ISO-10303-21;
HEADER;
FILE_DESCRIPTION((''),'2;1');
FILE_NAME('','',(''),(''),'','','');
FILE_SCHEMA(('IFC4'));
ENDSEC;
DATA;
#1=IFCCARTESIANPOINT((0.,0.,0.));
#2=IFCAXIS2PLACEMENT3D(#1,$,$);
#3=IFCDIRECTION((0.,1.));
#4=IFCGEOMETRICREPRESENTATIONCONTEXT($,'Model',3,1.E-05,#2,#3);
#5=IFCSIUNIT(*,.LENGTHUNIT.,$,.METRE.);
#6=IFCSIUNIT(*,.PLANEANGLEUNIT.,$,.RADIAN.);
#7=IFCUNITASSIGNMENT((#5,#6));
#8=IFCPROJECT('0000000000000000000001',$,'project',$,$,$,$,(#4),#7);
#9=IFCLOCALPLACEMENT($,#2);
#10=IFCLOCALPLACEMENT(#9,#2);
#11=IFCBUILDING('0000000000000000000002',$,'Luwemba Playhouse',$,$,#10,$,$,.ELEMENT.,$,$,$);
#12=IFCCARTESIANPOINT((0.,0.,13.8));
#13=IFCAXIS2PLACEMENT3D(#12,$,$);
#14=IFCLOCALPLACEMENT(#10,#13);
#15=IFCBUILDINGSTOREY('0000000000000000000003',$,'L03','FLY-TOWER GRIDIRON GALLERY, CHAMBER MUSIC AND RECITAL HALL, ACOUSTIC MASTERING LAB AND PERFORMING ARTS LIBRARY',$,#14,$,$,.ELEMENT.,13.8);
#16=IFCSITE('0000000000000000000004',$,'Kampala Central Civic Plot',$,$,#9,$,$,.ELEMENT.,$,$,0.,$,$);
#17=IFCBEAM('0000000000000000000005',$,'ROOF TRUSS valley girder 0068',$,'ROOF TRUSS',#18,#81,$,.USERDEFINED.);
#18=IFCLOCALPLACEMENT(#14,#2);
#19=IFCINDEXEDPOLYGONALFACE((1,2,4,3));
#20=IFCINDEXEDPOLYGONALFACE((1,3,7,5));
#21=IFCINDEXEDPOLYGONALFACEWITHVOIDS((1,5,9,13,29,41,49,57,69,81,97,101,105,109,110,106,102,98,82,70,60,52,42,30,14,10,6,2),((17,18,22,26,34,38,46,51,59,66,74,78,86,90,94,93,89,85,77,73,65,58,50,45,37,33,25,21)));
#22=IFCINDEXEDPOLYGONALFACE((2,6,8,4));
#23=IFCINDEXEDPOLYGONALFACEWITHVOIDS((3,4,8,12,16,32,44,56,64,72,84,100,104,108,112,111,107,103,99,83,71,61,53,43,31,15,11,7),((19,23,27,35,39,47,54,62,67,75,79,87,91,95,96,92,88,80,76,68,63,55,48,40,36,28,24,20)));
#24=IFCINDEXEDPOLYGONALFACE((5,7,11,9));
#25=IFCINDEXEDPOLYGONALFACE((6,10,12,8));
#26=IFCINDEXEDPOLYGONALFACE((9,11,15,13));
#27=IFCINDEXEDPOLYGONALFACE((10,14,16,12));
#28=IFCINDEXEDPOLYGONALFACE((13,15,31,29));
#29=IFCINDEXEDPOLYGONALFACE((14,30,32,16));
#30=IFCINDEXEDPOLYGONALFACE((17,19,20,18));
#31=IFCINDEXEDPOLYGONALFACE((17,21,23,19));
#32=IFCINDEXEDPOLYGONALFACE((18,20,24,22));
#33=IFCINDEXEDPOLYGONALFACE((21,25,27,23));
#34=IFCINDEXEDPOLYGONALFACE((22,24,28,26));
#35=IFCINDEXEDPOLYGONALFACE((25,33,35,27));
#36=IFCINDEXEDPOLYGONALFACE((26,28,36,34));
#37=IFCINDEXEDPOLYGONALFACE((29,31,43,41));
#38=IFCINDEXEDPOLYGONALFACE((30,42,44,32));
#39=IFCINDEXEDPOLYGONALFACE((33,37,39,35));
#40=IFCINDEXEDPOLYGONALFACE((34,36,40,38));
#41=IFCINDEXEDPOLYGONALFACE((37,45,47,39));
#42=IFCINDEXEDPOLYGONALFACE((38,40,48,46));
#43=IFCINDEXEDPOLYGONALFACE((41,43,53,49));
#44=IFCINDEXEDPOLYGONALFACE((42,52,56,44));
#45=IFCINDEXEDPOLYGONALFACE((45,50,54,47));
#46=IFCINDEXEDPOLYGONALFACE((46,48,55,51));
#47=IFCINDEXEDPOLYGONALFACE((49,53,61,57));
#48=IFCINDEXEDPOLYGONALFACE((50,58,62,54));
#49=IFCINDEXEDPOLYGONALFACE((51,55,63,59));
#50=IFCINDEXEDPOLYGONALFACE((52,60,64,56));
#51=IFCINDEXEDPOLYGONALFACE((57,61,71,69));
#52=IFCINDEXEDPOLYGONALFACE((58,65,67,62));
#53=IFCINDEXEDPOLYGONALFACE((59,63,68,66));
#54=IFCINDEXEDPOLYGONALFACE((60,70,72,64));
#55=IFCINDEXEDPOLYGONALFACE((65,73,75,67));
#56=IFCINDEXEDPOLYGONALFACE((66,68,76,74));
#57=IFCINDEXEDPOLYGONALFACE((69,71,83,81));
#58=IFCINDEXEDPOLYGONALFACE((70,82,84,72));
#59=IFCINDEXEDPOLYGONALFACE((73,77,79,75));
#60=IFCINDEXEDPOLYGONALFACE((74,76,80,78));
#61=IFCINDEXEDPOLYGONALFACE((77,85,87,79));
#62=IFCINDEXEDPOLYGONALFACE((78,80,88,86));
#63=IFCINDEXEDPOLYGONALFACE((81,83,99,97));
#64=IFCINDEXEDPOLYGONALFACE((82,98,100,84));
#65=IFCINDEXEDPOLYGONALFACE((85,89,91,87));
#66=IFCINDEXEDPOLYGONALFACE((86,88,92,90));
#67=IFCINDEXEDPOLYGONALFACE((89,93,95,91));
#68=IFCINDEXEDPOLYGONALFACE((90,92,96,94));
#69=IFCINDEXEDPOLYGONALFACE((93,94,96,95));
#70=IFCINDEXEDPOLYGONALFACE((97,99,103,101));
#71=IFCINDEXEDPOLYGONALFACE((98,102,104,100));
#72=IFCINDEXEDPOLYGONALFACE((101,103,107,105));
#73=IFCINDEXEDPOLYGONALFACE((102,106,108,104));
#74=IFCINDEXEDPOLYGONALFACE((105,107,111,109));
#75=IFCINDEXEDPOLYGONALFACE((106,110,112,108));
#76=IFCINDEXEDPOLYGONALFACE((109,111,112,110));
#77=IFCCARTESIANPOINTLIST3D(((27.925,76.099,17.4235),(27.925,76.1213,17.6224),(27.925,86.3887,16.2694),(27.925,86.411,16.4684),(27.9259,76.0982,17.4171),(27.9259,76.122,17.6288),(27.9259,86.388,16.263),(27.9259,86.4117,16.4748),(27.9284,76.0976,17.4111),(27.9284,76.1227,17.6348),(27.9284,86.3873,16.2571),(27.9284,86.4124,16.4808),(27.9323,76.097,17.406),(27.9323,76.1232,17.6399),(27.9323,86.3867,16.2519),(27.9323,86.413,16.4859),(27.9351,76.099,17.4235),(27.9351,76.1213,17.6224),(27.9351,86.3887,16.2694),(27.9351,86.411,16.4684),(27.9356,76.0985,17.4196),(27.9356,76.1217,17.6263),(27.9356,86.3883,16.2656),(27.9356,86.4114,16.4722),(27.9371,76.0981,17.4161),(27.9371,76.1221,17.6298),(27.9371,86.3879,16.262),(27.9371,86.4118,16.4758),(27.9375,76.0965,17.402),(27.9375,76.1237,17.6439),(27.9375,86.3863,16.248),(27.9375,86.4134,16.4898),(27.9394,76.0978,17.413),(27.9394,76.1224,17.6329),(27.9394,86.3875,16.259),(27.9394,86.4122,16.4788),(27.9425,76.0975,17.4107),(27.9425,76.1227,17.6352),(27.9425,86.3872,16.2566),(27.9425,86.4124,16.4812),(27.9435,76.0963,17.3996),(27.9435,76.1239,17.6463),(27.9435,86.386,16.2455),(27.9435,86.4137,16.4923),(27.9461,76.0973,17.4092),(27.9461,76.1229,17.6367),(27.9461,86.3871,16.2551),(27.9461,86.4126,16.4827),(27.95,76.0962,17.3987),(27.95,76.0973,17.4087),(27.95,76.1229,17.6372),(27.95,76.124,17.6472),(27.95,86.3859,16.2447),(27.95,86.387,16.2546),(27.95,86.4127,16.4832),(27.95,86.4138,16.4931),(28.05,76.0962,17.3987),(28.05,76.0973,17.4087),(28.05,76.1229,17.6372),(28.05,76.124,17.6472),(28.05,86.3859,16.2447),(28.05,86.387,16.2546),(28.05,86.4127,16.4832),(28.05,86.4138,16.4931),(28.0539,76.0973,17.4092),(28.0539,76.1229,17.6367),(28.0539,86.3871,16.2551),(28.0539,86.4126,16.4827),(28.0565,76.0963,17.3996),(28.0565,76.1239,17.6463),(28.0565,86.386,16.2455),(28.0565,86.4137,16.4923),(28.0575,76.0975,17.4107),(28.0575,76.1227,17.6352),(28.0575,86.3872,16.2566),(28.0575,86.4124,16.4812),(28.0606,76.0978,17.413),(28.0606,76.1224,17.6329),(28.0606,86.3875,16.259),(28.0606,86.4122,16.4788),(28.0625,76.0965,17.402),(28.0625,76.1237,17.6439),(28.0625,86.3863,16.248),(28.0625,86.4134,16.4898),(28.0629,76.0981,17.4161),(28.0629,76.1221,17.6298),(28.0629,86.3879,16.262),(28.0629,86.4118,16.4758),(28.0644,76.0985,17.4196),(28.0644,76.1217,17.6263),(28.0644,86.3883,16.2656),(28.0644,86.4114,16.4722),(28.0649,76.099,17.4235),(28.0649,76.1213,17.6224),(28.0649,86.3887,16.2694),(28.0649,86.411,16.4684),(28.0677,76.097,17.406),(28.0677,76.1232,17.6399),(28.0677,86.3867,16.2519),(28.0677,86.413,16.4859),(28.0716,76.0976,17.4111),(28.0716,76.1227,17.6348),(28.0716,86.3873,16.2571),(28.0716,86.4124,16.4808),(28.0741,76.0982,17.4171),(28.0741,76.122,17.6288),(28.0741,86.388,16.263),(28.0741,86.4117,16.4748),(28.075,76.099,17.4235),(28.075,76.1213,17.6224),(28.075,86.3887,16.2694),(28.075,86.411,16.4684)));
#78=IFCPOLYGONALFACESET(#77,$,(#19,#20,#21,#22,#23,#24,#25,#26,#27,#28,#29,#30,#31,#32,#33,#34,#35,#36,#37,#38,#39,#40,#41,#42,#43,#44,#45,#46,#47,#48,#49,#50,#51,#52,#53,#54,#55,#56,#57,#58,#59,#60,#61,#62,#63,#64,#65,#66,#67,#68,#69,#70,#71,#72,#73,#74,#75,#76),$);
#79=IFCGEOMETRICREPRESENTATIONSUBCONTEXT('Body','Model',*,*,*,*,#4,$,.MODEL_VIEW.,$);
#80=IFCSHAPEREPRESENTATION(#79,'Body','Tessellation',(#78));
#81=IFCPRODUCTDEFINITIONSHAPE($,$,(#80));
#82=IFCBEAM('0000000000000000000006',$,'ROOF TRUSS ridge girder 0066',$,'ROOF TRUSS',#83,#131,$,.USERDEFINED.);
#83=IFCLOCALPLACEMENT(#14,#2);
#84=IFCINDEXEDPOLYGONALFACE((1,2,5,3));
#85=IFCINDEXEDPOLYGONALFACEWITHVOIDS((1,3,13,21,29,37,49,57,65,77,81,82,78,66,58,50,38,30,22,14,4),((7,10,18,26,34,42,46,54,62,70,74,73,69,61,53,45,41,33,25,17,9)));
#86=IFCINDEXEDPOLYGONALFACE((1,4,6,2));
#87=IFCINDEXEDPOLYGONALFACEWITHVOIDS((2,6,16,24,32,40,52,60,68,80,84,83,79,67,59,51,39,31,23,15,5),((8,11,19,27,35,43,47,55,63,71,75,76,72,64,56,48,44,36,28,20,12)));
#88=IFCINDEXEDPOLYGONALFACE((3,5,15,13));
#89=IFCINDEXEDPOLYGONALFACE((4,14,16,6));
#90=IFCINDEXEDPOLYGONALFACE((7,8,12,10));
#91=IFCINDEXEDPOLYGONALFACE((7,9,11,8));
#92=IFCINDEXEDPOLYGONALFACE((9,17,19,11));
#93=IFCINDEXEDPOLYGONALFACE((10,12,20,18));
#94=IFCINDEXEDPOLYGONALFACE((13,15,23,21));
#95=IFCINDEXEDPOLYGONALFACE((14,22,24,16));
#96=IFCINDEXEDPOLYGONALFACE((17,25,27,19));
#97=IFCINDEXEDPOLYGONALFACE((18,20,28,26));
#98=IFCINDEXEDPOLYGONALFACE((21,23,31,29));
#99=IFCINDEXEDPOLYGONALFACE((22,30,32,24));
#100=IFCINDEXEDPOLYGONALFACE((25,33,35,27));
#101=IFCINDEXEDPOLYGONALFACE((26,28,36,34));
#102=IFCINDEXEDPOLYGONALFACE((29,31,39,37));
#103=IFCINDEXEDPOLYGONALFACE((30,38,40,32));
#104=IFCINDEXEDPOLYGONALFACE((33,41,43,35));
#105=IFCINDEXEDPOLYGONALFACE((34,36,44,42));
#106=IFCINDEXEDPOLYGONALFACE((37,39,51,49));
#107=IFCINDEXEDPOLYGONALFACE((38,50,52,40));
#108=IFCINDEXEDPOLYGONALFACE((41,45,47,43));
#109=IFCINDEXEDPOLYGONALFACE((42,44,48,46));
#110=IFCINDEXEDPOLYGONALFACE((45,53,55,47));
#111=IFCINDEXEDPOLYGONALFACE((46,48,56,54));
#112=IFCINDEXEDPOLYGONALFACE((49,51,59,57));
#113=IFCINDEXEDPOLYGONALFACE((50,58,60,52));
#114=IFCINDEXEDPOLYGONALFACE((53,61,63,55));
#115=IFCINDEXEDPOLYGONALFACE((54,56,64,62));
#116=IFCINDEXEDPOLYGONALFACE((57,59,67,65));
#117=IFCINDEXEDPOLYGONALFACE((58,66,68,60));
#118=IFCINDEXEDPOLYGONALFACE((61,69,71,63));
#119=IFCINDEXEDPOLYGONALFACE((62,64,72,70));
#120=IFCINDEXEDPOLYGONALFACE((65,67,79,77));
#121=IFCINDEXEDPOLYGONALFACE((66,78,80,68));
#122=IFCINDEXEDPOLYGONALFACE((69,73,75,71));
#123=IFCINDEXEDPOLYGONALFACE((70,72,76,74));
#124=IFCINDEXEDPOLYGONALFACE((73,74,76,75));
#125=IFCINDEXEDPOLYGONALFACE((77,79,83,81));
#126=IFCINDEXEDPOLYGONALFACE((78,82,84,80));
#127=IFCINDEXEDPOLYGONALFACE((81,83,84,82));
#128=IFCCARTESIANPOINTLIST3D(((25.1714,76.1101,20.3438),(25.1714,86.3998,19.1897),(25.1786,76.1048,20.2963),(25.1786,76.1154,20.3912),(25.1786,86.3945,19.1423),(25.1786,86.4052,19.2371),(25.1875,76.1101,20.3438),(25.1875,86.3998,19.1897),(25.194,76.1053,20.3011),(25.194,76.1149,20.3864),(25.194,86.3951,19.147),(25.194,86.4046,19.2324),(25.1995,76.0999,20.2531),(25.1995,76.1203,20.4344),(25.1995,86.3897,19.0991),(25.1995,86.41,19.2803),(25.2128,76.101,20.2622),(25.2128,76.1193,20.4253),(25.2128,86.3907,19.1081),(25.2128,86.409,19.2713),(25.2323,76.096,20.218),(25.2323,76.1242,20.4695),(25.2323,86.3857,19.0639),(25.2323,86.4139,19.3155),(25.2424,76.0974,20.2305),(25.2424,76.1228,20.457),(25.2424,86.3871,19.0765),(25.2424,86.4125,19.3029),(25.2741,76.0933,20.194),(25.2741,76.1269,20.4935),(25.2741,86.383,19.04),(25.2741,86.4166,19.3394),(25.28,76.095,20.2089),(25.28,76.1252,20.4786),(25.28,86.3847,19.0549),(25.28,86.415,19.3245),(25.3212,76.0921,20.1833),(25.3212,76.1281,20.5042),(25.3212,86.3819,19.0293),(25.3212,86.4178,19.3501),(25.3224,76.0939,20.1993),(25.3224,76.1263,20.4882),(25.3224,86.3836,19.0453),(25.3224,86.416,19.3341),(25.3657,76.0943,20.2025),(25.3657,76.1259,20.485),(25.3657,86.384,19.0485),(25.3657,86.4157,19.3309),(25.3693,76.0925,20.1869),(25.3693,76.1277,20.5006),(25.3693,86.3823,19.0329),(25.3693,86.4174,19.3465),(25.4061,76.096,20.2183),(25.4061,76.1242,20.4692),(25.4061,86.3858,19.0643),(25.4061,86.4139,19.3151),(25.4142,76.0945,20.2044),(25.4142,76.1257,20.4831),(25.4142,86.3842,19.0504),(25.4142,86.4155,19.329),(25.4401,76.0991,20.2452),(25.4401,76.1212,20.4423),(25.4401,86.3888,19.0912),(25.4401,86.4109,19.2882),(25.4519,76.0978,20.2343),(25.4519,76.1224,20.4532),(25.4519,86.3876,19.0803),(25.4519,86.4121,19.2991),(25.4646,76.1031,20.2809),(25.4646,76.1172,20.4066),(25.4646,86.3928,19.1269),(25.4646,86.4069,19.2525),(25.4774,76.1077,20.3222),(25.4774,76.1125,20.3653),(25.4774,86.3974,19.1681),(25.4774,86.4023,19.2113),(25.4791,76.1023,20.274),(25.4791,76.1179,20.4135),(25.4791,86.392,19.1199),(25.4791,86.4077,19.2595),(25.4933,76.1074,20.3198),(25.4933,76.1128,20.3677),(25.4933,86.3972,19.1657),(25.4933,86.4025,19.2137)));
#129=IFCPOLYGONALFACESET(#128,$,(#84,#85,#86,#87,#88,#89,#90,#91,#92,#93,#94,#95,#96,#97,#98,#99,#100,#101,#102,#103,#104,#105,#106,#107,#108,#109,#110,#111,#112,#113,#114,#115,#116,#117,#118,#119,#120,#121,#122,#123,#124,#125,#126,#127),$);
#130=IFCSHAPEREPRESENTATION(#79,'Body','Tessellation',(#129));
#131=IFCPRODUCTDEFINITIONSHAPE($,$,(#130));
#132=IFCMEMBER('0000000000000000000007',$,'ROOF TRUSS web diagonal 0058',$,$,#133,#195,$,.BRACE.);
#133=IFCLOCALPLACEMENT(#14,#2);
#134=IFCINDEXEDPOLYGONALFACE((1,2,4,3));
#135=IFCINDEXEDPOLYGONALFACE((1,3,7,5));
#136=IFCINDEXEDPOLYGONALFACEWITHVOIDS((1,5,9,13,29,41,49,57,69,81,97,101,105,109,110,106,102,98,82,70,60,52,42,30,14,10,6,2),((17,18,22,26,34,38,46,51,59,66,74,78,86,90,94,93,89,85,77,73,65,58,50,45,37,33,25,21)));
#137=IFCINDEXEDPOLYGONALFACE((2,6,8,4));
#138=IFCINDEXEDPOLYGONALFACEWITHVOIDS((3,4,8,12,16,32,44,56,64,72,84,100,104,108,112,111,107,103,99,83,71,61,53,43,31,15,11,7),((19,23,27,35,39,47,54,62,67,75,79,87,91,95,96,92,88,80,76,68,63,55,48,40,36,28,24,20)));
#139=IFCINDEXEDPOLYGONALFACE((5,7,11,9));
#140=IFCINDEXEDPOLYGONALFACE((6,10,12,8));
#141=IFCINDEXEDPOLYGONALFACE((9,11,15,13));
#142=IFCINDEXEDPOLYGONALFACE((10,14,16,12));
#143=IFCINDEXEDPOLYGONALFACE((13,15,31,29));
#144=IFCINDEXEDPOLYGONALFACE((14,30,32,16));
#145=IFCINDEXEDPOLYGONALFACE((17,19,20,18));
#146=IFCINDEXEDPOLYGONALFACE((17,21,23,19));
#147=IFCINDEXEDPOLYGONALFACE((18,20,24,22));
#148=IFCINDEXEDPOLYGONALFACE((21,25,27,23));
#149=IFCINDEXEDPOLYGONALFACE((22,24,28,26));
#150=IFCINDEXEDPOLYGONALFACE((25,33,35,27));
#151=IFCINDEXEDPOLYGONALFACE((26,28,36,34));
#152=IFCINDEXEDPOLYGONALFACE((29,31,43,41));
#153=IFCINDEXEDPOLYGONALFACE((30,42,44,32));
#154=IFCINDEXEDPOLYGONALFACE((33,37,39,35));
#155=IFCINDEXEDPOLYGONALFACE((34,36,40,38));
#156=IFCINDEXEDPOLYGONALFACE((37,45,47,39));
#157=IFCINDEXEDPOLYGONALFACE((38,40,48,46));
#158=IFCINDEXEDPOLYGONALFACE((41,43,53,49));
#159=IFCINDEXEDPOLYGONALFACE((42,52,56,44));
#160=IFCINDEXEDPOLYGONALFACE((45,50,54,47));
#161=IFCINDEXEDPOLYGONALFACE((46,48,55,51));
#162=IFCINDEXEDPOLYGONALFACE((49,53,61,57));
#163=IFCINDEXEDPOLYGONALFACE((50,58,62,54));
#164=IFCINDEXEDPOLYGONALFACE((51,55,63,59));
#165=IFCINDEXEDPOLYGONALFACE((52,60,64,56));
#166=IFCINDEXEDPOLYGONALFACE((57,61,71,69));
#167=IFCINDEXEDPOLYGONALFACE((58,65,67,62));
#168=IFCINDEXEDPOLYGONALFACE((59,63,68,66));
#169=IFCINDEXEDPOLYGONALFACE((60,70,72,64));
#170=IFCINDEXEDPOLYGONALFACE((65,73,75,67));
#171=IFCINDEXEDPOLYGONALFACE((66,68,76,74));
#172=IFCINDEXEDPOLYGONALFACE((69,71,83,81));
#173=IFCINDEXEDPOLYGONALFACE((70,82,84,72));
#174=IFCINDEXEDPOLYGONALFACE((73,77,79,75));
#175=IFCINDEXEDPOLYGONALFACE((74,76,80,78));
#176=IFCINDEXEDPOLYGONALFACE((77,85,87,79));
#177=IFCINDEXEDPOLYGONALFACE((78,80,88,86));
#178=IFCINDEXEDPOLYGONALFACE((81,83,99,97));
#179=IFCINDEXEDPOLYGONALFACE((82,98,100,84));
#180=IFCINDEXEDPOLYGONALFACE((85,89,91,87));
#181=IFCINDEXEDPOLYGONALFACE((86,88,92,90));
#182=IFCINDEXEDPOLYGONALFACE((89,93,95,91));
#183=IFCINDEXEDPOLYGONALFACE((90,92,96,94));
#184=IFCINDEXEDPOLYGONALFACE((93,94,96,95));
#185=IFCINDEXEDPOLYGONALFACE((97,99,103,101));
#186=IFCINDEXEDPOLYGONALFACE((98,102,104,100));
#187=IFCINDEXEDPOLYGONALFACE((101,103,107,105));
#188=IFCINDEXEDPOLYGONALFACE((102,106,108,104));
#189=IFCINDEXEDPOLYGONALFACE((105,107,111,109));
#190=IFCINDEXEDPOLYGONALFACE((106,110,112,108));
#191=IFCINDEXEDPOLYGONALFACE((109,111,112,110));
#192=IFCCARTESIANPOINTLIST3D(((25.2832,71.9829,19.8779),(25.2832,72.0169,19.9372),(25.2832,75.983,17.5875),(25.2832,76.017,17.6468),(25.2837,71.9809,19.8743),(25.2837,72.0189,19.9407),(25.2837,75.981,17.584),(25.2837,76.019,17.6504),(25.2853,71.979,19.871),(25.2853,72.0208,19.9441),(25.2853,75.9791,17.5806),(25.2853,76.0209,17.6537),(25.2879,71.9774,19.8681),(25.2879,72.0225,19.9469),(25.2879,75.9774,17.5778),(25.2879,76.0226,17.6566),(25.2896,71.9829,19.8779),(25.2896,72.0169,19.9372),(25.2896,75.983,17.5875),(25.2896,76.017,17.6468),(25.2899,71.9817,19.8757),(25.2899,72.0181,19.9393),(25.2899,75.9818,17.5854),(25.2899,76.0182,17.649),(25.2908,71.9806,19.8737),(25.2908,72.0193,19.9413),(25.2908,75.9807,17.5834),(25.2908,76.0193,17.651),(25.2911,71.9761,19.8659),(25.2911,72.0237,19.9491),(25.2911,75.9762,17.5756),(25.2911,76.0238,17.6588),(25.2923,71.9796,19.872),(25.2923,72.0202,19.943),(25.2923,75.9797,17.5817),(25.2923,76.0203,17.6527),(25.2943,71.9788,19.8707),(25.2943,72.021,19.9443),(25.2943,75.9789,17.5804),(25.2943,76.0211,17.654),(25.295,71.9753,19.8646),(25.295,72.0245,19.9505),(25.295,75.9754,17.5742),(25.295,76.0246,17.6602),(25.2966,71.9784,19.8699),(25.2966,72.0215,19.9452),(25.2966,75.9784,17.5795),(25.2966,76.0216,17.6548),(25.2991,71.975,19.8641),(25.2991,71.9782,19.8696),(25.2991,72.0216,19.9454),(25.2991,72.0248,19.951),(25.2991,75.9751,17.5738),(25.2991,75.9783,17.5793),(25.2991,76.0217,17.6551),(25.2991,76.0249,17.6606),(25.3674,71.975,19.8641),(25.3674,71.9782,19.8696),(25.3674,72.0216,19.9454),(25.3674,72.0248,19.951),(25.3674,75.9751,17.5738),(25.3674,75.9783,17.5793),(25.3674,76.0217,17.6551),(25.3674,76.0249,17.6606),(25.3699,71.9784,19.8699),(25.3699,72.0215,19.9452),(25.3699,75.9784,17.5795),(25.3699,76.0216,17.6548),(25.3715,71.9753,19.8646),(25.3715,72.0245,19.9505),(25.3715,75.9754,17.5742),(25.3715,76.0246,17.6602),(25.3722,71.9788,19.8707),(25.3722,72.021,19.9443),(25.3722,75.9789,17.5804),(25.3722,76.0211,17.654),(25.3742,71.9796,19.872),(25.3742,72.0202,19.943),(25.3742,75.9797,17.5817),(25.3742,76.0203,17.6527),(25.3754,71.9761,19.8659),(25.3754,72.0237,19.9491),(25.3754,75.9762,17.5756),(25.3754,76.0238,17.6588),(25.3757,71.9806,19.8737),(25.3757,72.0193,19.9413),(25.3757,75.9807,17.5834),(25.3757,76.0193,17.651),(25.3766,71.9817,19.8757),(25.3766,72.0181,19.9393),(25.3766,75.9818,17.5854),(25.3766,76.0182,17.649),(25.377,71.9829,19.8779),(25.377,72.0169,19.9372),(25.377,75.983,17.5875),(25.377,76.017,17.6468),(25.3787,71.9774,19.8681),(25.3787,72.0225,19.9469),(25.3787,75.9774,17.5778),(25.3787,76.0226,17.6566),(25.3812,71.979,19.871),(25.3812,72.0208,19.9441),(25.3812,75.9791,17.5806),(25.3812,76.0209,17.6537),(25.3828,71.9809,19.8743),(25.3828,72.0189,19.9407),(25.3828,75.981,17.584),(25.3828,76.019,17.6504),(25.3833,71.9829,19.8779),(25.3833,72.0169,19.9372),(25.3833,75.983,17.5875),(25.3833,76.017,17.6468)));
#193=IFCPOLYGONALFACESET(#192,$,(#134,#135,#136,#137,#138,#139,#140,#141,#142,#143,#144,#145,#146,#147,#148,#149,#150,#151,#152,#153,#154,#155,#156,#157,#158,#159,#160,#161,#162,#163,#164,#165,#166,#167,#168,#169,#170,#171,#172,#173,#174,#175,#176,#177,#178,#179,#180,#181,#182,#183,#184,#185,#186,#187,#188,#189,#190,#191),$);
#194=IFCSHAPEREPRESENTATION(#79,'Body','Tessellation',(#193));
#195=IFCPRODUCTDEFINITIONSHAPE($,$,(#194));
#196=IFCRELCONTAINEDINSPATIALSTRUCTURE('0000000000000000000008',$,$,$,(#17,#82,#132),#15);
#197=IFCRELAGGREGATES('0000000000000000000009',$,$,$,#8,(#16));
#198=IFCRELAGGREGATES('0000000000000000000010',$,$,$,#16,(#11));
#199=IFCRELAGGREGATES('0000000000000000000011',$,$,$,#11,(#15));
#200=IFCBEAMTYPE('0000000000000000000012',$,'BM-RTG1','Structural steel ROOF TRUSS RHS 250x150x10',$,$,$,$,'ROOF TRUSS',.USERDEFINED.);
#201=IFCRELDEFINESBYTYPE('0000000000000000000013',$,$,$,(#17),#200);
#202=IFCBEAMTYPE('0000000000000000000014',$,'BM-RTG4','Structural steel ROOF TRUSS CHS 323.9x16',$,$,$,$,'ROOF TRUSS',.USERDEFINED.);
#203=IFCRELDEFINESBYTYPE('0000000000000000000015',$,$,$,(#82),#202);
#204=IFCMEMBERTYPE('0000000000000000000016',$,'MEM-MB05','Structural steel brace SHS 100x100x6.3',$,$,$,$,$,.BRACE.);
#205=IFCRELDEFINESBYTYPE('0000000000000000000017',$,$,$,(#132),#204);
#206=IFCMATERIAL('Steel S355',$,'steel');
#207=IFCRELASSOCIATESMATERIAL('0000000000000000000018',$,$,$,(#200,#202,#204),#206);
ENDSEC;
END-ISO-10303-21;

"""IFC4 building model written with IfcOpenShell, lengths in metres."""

from ifc_helpers import new_model, si_unit, direction, frame, origin, origin_2d, place, context, subcontext, project, spatial, hollow_rectangle, hollow_circle, extrude, material, material_profile, profile_set, type_object, element, save


model = new_model("IFC4")

# Units and contexts
model_context = context("Model", 3, precision=1e-05, world=origin(), true_north=direction((0.0, 1.0)))
body_context = subcontext(model_context, "Body", "Model", "MODEL_VIEW")
ifc_project = project(units=[si_unit("LENGTHUNIT", "METRE"), si_unit("PLANEANGLEUNIT", "RADIAN")], contexts=[model_context])

# Site, building, storey
site_placement = place(None, origin())
site = spatial("IfcSite", under=ifc_project, at=site_placement, Name="Kampala Central Civic Plot", CompositionType="ELEMENT", RefElevation=0.0)
building_placement = place(site_placement, origin())
building = spatial("IfcBuilding", under=site, at=building_placement, Name="Luwemba Playhouse", CompositionType="ELEMENT")
storey_placement = place(building_placement, frame((0.0, 0.0, 13.8)))
storey = spatial("IfcBuildingStorey", under=building, at=storey_placement, Name="L03", Description="FLY-TOWER GRIDIRON GALLERY, CHAMBER MUSIC AND RECITAL HALL, ACOUSTIC MASTERING LAB AND PERFORMING ARTS LIBRARY", CompositionType="ELEMENT", Elevation=13.8)

# Beams
ifc_material_1 = material(Name="Steel S355", Category="steel")
ifc_material_profile_1 = material_profile(ifc_material_1, hollow_rectangle(XDim=0.1499, YDim=0.25, WallThickness=0.01, InnerFilletRadius=0.0149, OuterFilletRadius=0.0249, at=origin_2d()))
ifc_profile_set_1 = profile_set([ifc_material_profile_1], Name="Steel S355")
beam_type_1 = type_object("IfcBeamType", Name="BM-RTG1", Description="Structural steel ROOF TRUSS RHS 250x150x10", ElementType="ROOF TRUSS", PredefinedType="USERDEFINED", material=ifc_profile_set_1)
beam_1_placement = place(storey_placement, frame((28.0, 76.1101, 17.5229), z_axis=(0.0, 0.993769, -0.111456), x_axis=(-1.0, 0.0, 0.0)))
element("IfcBeam", 1, at=beam_1_placement, inside=storey, type_object=beam_type_1, Name="ROOF TRUSS valley girder 0068", ObjectType="ROOF TRUSS", PredefinedType="USERDEFINED", context=body_context, shape_type="SweptSolid", body=[
    extrude(hollow_rectangle(XDim=0.1499, YDim=0.25, WallThickness=0.01, InnerFilletRadius=0.0149, OuterFilletRadius=0.0249, at=origin_2d()), origin(), (0.0, 0.0, 1.0), 10.3542),
])
ifc_material_profile_2 = material_profile(ifc_material_1, hollow_circle(Radius=0.1619, WallThickness=0.0161, at=origin_2d()))
ifc_profile_set_2 = profile_set([ifc_material_profile_2], Name="Steel S355")
beam_type_2 = type_object("IfcBeamType", Name="BM-RTG4", Description="Structural steel ROOF TRUSS CHS 323.9x16", ElementType="ROOF TRUSS", PredefinedType="USERDEFINED", material=ifc_profile_set_2)
beam_2_placement = place(storey_placement, frame((25.3333, 76.1101, 20.3438), z_axis=(0.0, 0.993769, -0.111456), x_axis=(-1.0, 0.0, 0.0)))
element("IfcBeam", 2, at=beam_2_placement, inside=storey, type_object=beam_type_2, Name="ROOF TRUSS ridge girder 0066", ObjectType="ROOF TRUSS", PredefinedType="USERDEFINED", context=body_context, shape_type="SweptSolid", body=[
    extrude(hollow_circle(Radius=0.1619, WallThickness=0.0161, at=origin_2d()), origin(), (0.0, 0.0, 1.0), 10.3542),
])

# Member
ifc_material_profile_3 = material_profile(ifc_material_1, hollow_rectangle(XDim=0.1001, YDim=0.1001, WallThickness=0.0063, InnerFilletRadius=0.0095, OuterFilletRadius=0.0159, at=origin_2d()))
ifc_profile_set_3 = profile_set([ifc_material_profile_3], Name="Steel S355")
member_type_1 = type_object("IfcMemberType", Name="MEM-MB05", Description="Structural steel brace SHS 100x100x6.3", PredefinedType="BRACE", material=ifc_profile_set_3)
for number, where, z_axis, x_axis, name in (
    (3, (25.3333, 76.0, 17.6172), (0.0, -0.867816, 0.496886), (1.0, 0.0, 0.0), "ROOF TRUSS web diagonal 0058"),
):
    element("IfcMember", number, at=place(storey_placement, frame(where, z_axis=z_axis, x_axis=x_axis)), inside=storey, type_object=member_type_1, Name=name, PredefinedType="BRACE", context=body_context, shape_type="SweptSolid", body=[
        extrude(hollow_rectangle(XDim=0.1001, YDim=0.1001, WallThickness=0.0063, InnerFilletRadius=0.0095, OuterFilletRadius=0.0159, at=origin_2d()), origin(), (0.0, 0.0, 1.0), 4.6094),
    ])

save(model, "model.ifc")
